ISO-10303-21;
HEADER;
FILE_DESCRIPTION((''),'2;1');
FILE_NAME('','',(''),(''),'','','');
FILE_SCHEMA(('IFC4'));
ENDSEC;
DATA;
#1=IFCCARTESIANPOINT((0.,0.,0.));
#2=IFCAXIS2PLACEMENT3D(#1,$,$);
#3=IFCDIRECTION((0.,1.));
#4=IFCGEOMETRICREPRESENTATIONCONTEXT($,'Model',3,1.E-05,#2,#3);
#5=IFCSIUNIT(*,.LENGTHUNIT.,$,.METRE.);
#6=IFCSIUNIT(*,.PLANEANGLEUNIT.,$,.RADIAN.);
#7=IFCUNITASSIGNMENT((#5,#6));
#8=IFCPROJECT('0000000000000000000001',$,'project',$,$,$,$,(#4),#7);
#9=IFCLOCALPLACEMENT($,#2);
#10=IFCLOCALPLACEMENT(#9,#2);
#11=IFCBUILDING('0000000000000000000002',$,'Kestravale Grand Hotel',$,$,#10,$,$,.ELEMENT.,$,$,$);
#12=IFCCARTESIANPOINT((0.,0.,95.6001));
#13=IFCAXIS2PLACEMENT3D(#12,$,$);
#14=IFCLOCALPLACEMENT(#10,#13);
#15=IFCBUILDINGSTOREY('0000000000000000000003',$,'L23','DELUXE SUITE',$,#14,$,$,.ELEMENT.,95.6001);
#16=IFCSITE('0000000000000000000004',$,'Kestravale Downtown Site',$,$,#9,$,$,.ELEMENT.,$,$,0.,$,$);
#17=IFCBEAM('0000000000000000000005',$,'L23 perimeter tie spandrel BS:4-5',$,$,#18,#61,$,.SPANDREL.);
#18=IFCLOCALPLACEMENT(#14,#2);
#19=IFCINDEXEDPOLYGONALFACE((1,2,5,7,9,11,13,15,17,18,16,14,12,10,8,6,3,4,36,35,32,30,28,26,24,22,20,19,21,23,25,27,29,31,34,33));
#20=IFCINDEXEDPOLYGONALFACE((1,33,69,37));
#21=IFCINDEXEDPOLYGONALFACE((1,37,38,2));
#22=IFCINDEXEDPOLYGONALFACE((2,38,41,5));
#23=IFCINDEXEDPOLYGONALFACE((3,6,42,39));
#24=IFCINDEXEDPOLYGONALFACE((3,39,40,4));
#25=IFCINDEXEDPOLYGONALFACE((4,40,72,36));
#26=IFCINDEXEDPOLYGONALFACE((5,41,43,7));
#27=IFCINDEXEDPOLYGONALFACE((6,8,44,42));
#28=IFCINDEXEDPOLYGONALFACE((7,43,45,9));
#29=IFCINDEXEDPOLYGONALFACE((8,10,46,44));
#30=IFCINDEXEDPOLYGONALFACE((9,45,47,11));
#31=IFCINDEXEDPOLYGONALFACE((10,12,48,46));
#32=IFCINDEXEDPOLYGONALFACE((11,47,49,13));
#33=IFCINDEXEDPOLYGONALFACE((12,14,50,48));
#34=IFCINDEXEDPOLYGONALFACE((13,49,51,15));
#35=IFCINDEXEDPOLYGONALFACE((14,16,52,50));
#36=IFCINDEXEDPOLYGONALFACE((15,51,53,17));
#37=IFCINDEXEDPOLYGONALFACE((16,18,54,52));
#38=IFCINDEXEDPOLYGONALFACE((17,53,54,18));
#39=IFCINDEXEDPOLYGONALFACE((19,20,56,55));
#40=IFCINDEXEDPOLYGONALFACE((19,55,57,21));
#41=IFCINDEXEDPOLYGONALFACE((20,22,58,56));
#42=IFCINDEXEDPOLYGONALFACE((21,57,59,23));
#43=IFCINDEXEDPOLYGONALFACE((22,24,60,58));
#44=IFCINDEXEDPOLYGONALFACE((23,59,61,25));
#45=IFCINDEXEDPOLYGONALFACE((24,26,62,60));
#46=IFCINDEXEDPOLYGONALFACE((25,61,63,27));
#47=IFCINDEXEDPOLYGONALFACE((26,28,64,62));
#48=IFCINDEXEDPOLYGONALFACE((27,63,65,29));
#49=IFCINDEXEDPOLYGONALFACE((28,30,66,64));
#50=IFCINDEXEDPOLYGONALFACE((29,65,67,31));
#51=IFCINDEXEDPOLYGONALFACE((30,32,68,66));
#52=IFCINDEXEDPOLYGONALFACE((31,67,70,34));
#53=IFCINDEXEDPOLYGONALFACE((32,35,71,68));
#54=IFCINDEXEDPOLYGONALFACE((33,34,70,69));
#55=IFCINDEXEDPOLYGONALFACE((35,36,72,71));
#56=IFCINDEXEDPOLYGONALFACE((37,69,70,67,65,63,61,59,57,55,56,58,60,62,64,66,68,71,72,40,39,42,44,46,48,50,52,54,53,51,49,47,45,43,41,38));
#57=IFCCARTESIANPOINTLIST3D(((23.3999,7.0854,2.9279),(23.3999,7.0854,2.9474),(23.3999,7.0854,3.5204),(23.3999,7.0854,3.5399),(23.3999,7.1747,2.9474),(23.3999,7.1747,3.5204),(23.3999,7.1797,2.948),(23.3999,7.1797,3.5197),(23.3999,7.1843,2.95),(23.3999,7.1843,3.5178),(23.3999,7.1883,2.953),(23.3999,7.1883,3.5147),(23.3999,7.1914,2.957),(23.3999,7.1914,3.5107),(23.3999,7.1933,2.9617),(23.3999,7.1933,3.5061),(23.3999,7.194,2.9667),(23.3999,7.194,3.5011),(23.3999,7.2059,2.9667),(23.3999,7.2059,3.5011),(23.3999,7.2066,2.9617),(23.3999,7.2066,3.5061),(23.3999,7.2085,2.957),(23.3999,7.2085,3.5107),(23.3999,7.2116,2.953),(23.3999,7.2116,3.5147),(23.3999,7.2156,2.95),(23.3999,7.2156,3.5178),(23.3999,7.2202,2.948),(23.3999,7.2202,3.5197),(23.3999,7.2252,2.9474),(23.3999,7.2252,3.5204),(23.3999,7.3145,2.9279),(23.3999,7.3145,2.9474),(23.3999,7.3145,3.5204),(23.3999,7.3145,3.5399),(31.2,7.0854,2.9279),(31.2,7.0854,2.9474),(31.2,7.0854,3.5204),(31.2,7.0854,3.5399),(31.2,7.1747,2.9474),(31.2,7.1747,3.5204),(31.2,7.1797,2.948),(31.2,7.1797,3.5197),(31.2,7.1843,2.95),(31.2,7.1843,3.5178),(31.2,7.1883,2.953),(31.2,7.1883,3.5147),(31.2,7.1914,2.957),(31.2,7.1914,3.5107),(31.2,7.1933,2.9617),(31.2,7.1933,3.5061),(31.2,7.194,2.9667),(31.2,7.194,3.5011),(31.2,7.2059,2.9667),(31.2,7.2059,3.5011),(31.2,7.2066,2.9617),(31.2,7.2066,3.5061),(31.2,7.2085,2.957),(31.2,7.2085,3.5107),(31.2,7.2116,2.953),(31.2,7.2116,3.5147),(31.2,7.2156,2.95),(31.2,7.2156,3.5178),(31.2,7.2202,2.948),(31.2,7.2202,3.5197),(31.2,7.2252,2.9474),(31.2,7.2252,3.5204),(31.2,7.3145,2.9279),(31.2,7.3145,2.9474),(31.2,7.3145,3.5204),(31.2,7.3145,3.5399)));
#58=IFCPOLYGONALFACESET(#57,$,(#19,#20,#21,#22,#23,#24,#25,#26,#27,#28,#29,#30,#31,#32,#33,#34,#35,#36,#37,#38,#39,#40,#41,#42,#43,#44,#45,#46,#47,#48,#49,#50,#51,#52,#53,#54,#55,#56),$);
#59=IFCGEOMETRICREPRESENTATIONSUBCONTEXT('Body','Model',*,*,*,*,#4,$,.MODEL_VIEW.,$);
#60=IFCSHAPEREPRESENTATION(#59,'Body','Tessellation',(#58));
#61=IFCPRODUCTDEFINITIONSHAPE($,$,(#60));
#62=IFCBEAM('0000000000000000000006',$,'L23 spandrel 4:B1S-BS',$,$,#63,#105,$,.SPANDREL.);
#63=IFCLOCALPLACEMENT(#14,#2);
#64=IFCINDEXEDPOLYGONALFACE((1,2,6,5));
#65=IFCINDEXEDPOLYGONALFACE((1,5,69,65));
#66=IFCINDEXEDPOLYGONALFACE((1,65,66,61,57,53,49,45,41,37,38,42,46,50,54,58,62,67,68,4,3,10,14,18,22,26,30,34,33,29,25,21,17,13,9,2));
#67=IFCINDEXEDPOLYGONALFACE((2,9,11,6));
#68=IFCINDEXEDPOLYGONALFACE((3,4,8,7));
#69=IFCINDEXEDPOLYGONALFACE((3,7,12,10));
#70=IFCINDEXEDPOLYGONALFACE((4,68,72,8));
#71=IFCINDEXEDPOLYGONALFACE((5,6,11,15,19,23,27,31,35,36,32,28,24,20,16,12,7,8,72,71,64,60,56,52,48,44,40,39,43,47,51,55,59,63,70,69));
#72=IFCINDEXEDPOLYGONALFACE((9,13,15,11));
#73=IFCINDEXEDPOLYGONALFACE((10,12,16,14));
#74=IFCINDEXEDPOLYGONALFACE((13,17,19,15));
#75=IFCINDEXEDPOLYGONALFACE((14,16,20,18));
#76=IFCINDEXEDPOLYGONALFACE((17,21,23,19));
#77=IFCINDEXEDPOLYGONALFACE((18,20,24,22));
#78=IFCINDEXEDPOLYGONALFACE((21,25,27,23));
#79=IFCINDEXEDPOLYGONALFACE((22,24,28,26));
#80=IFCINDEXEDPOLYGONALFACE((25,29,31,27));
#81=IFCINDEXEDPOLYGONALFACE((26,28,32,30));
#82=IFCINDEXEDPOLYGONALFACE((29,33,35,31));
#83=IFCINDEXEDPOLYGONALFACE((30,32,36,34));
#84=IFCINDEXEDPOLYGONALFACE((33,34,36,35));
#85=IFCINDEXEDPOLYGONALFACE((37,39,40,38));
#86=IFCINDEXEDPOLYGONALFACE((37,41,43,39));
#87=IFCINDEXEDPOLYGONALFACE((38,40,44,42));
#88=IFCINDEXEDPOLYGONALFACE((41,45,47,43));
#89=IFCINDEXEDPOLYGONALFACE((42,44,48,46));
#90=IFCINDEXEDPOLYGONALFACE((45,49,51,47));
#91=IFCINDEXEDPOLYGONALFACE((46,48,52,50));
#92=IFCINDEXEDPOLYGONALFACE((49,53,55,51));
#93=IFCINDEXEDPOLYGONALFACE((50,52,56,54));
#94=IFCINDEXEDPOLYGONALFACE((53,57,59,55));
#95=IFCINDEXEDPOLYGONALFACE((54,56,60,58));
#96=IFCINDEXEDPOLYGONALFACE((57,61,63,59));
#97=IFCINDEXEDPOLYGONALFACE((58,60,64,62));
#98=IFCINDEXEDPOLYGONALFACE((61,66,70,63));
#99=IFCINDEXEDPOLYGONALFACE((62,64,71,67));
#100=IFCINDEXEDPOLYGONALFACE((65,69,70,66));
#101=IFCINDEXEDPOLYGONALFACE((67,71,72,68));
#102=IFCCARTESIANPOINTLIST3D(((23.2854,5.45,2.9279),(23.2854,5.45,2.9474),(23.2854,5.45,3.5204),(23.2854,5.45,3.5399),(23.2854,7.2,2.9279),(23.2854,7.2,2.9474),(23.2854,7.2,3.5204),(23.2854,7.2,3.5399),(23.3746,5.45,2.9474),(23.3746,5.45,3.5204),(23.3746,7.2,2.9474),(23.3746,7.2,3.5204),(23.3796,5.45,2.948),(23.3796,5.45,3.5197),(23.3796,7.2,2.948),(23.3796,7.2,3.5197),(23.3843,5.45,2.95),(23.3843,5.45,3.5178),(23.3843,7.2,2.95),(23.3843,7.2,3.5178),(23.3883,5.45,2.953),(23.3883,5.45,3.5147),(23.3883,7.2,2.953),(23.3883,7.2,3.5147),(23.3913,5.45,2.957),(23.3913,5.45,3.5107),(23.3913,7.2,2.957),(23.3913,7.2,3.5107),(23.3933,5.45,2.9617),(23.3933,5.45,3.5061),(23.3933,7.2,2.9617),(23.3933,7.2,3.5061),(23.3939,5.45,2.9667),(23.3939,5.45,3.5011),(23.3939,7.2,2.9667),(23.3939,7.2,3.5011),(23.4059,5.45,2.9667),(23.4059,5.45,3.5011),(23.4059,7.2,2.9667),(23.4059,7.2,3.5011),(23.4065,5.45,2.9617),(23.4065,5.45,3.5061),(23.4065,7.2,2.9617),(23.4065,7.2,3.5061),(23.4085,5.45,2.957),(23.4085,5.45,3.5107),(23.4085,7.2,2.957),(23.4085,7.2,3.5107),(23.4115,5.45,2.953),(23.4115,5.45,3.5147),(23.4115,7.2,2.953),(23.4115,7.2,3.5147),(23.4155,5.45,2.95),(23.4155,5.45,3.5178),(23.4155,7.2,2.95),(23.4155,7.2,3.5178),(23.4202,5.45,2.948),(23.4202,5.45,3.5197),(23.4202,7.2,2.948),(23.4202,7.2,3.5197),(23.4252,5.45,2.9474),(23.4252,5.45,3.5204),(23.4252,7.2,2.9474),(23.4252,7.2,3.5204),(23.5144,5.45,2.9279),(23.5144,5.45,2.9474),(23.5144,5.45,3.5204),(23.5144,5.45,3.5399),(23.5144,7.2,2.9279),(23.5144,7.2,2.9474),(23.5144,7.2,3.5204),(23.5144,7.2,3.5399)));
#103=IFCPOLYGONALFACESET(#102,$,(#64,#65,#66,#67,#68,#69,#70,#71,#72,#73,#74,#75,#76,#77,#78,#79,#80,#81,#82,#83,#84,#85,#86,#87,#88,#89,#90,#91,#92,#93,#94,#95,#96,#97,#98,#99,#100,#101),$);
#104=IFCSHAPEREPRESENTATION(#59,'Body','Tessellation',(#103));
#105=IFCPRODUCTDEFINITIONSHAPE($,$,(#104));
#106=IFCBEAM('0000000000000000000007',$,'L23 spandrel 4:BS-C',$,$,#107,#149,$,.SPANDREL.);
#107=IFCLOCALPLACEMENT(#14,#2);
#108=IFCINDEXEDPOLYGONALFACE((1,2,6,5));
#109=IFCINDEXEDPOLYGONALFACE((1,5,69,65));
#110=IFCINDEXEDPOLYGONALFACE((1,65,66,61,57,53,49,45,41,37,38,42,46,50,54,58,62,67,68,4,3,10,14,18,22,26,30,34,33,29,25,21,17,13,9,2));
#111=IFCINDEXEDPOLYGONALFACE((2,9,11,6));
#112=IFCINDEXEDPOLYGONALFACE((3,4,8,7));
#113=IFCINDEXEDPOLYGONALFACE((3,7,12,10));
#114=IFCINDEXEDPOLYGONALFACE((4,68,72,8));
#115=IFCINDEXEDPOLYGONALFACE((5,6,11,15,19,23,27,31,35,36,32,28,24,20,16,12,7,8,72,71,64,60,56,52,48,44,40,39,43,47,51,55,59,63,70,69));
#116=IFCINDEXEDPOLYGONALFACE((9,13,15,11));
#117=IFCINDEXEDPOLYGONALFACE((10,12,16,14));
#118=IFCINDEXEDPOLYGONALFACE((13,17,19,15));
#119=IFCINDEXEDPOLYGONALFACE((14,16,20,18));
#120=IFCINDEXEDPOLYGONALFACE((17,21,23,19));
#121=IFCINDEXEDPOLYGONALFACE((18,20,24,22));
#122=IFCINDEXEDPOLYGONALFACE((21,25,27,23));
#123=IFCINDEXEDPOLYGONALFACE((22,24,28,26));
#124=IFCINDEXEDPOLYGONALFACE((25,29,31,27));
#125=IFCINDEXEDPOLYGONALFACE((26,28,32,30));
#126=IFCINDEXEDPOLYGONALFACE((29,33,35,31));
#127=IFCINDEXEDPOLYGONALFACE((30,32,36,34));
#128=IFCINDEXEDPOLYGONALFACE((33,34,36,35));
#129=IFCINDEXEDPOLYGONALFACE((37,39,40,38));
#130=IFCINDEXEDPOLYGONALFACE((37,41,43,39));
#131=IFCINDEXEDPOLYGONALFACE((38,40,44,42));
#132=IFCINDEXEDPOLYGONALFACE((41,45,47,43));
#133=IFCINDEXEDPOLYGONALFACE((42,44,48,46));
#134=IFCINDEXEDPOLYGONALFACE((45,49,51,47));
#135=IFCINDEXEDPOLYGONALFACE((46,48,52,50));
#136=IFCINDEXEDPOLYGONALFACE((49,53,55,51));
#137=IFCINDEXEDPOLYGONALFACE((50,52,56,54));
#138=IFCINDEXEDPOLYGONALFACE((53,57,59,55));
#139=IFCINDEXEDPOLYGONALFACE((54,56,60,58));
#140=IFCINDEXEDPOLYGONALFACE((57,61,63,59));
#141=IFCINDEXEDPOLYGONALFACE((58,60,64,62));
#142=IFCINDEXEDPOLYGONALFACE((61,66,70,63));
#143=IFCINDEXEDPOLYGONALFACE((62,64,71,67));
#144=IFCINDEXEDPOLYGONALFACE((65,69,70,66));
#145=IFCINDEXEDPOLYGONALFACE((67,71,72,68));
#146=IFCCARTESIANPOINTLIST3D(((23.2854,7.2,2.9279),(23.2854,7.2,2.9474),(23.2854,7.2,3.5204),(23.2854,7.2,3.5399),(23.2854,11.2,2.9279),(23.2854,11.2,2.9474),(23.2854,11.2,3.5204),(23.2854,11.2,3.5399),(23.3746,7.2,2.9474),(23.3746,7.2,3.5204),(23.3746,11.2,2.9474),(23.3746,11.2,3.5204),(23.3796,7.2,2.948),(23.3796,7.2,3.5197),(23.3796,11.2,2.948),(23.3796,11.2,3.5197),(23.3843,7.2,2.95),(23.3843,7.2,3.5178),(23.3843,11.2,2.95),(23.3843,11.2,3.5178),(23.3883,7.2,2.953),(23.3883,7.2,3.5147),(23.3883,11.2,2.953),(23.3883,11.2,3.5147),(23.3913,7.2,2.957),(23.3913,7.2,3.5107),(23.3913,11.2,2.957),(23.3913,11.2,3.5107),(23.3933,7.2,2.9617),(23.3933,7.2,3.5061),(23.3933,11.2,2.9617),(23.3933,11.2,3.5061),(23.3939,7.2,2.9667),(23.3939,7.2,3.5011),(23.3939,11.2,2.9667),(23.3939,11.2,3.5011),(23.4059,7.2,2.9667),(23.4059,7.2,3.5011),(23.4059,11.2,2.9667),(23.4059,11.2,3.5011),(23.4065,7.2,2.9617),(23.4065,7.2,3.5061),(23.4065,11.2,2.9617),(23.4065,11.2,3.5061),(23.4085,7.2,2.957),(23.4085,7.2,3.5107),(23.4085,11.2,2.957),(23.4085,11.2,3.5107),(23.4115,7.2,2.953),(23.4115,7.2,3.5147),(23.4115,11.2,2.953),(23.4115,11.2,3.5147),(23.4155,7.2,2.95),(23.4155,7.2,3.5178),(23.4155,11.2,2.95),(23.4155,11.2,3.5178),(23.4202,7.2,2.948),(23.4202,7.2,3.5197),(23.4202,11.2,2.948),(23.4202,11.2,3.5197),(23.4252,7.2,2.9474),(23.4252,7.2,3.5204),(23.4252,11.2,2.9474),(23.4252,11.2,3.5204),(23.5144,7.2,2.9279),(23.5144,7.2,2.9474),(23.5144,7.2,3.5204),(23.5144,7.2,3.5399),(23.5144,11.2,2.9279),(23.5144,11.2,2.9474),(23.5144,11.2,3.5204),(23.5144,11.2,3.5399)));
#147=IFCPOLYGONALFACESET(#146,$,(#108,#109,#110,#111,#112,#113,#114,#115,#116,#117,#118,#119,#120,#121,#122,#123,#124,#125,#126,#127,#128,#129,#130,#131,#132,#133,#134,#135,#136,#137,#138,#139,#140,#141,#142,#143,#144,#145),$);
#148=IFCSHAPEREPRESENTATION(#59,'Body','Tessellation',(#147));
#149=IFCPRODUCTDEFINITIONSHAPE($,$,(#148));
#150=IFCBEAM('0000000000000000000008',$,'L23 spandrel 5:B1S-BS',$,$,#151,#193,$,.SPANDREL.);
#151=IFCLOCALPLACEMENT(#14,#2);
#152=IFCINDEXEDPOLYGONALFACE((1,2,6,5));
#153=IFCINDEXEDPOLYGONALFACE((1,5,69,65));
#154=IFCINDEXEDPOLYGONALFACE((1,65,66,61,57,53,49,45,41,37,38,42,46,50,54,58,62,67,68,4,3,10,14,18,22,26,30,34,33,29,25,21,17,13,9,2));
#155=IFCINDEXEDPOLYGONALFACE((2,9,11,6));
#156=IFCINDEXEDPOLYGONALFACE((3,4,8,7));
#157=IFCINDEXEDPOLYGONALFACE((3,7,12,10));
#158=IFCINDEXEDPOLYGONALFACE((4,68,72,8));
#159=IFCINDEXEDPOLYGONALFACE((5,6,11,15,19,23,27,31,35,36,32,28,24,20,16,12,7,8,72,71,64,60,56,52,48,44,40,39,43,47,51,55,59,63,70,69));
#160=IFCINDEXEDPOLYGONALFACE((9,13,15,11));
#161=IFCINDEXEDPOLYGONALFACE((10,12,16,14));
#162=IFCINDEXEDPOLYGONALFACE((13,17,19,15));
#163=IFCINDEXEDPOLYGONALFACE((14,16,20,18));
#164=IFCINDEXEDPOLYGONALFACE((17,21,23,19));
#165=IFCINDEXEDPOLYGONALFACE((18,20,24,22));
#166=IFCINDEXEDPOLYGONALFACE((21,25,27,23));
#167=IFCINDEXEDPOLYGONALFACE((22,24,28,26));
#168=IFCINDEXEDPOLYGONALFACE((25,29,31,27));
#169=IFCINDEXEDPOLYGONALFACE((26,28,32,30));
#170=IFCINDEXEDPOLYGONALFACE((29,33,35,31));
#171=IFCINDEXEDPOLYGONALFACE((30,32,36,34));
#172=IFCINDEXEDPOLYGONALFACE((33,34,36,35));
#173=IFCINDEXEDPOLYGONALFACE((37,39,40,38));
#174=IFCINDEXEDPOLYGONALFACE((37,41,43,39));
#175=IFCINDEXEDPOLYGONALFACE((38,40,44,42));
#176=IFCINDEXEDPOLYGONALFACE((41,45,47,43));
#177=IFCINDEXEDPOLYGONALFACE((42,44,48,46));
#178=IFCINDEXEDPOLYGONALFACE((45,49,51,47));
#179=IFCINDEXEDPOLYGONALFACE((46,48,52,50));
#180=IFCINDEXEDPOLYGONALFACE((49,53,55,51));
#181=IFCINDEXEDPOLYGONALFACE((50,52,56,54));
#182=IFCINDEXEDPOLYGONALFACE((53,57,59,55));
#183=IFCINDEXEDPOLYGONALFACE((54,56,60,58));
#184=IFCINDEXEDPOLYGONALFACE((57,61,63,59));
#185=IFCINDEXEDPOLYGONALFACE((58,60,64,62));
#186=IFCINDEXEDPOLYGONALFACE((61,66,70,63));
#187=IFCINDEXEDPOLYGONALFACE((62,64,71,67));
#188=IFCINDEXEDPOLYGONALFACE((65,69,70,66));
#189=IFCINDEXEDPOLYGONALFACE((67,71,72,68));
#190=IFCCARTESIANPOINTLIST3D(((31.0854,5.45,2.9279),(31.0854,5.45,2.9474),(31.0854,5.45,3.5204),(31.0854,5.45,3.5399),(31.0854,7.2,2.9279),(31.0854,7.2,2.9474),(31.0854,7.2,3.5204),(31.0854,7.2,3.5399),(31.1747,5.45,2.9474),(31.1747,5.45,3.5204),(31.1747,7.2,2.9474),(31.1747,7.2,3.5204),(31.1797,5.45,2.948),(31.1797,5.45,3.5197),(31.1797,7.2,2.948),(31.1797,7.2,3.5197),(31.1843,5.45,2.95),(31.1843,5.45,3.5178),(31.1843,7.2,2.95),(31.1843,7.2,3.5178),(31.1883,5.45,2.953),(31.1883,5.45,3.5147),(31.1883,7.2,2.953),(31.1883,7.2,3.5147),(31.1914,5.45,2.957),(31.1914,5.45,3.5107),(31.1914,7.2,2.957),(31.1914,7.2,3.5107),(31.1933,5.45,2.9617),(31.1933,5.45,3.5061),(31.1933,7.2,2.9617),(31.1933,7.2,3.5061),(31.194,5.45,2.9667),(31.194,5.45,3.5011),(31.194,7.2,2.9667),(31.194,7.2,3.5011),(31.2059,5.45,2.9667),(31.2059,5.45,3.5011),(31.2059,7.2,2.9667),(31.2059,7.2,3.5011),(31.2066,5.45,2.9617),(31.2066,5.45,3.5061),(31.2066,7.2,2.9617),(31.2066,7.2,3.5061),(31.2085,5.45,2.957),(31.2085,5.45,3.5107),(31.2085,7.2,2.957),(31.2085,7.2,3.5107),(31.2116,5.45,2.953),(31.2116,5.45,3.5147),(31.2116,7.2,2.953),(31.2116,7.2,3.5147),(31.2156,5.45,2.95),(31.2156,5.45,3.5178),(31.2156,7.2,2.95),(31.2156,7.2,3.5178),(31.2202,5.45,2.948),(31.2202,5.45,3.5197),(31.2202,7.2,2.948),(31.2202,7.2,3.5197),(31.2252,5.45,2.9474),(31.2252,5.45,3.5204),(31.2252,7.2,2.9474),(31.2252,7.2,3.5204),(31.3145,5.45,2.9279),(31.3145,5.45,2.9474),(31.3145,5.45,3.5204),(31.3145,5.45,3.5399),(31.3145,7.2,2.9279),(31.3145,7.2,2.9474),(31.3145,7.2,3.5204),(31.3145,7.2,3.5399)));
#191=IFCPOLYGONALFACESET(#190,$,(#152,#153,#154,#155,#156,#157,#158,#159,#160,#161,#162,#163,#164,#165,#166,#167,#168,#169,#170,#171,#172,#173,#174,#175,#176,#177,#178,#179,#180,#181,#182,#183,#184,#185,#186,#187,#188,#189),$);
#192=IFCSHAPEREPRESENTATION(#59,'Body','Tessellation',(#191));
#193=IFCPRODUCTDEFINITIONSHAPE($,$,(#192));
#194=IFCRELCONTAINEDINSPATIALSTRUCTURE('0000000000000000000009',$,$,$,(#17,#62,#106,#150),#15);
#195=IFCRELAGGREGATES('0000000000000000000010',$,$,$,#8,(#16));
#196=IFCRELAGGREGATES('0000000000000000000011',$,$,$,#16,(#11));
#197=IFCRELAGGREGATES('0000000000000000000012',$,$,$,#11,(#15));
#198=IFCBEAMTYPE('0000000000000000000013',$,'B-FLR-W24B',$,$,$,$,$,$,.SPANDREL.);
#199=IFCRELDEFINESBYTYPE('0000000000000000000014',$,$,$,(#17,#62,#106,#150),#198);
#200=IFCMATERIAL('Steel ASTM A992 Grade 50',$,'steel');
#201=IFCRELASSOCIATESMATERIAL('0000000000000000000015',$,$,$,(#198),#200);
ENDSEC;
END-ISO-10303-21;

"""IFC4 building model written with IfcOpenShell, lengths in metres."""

from ifc_helpers import new_model, si_unit, direction, frame, origin, origin_2d, place, context, subcontext, project, spatial, i_section, extrude, material, material_profile, profile_set, type_object, element, save


model = new_model("IFC4")

# Units and contexts
model_context = context("Model", 3, precision=1e-05, world=origin(), true_north=direction((0.0, 1.0)))
body_context = subcontext(model_context, "Body", "Model", "MODEL_VIEW")
ifc_project = project(units=[si_unit("LENGTHUNIT", "METRE"), si_unit("PLANEANGLEUNIT", "RADIAN")], contexts=[model_context])

# Site, building, storey
site_placement = place(None, origin())
site = spatial("IfcSite", under=ifc_project, at=site_placement, Name="Kestravale Downtown Site", CompositionType="ELEMENT", RefElevation=0.0)
building_placement = place(site_placement, origin())
building = spatial("IfcBuilding", under=site, at=building_placement, Name="Kestravale Grand Hotel", CompositionType="ELEMENT")
storey_placement = place(building_placement, frame((0.0, 0.0, 95.6001)))
storey = spatial("IfcBuildingStorey", under=building, at=storey_placement, Name="L23", Description="DELUXE SUITE", CompositionType="ELEMENT", Elevation=95.6001)

# Beams
ifc_material_1 = material(Name="Steel ASTM A992 Grade 50", Category="steel")
ifc_material_profile_1 = material_profile(ifc_material_1, i_section(OverallWidth=0.229, OverallDepth=0.6121, WebThickness=0.012, FlangeThickness=0.0195, FilletRadius=0.0193, at=origin_2d()))
ifc_profile_set_1 = profile_set([ifc_material_profile_1], Name="Steel ASTM A992 Grade 50")
beam_type_1 = type_object("IfcBeamType", Name="B-FLR-W24B", PredefinedType="SPANDREL", material=ifc_profile_set_1)
for number, where, z_axis, x_axis, name in (
    (1, (23.3999, 7.2, 3.2339), (1.0, 0.0, 0.0), (0.0, 1.0, 0.0), "L23 perimeter tie spandrel BS:4-5"),
):
    element("IfcBeam", number, at=place(storey_placement, frame(where, z_axis=z_axis, x_axis=x_axis)), inside=storey, type_object=beam_type_1, Name=name, PredefinedType="SPANDREL", context=body_context, shape_type="SweptSolid", body=[
        extrude(i_section(OverallWidth=0.229, OverallDepth=0.6121, WebThickness=0.012, FlangeThickness=0.0195, FilletRadius=0.0193, at=origin_2d()), origin(), (0.0, 0.0, 1.0), 7.8),
    ])
beam_1_placement = place(storey_placement, frame((23.3999, 5.45, 3.2339), z_axis=(0.0, 1.0, 0.0), x_axis=(-1.0, 0.0, 0.0)))
element("IfcBeam", 2, at=beam_1_placement, inside=storey, type_object=beam_type_1, Name="L23 spandrel 4:B1S-BS", PredefinedType="SPANDREL", context=body_context, shape_type="SweptSolid", body=[
    extrude(i_section(OverallWidth=0.229, OverallDepth=0.6121, WebThickness=0.012, FlangeThickness=0.0195, FilletRadius=0.0193, at=origin_2d()), origin(), (0.0, 0.0, 1.0), 1.75),
])
beam_2_placement = place(storey_placement, frame((23.3999, 7.2, 3.2339), z_axis=(0.0, 1.0, 0.0), x_axis=(-1.0, 0.0, 0.0)))
element("IfcBeam", 3, at=beam_2_placement, inside=storey, type_object=beam_type_1, Name="L23 spandrel 4:BS-C", PredefinedType="SPANDREL", context=body_context, shape_type="SweptSolid", body=[
    extrude(i_section(OverallWidth=0.229, OverallDepth=0.6121, WebThickness=0.012, FlangeThickness=0.0195, FilletRadius=0.0193, at=origin_2d()), origin(), (0.0, 0.0, 1.0), 4.0),
])
beam_3_placement = place(storey_placement, frame((31.2, 5.45, 3.2339), z_axis=(0.0, 1.0, 0.0), x_axis=(-1.0, 0.0, 0.0)))
element("IfcBeam", 4, at=beam_3_placement, inside=storey, type_object=beam_type_1, Name="L23 spandrel 5:B1S-BS", PredefinedType="SPANDREL", context=body_context, shape_type="SweptSolid", body=[
    extrude(i_section(OverallWidth=0.229, OverallDepth=0.6121, WebThickness=0.012, FlangeThickness=0.0195, FilletRadius=0.0193, at=origin_2d()), origin(), (0.0, 0.0, 1.0), 1.75),
])

save(model, "model.ifc")
